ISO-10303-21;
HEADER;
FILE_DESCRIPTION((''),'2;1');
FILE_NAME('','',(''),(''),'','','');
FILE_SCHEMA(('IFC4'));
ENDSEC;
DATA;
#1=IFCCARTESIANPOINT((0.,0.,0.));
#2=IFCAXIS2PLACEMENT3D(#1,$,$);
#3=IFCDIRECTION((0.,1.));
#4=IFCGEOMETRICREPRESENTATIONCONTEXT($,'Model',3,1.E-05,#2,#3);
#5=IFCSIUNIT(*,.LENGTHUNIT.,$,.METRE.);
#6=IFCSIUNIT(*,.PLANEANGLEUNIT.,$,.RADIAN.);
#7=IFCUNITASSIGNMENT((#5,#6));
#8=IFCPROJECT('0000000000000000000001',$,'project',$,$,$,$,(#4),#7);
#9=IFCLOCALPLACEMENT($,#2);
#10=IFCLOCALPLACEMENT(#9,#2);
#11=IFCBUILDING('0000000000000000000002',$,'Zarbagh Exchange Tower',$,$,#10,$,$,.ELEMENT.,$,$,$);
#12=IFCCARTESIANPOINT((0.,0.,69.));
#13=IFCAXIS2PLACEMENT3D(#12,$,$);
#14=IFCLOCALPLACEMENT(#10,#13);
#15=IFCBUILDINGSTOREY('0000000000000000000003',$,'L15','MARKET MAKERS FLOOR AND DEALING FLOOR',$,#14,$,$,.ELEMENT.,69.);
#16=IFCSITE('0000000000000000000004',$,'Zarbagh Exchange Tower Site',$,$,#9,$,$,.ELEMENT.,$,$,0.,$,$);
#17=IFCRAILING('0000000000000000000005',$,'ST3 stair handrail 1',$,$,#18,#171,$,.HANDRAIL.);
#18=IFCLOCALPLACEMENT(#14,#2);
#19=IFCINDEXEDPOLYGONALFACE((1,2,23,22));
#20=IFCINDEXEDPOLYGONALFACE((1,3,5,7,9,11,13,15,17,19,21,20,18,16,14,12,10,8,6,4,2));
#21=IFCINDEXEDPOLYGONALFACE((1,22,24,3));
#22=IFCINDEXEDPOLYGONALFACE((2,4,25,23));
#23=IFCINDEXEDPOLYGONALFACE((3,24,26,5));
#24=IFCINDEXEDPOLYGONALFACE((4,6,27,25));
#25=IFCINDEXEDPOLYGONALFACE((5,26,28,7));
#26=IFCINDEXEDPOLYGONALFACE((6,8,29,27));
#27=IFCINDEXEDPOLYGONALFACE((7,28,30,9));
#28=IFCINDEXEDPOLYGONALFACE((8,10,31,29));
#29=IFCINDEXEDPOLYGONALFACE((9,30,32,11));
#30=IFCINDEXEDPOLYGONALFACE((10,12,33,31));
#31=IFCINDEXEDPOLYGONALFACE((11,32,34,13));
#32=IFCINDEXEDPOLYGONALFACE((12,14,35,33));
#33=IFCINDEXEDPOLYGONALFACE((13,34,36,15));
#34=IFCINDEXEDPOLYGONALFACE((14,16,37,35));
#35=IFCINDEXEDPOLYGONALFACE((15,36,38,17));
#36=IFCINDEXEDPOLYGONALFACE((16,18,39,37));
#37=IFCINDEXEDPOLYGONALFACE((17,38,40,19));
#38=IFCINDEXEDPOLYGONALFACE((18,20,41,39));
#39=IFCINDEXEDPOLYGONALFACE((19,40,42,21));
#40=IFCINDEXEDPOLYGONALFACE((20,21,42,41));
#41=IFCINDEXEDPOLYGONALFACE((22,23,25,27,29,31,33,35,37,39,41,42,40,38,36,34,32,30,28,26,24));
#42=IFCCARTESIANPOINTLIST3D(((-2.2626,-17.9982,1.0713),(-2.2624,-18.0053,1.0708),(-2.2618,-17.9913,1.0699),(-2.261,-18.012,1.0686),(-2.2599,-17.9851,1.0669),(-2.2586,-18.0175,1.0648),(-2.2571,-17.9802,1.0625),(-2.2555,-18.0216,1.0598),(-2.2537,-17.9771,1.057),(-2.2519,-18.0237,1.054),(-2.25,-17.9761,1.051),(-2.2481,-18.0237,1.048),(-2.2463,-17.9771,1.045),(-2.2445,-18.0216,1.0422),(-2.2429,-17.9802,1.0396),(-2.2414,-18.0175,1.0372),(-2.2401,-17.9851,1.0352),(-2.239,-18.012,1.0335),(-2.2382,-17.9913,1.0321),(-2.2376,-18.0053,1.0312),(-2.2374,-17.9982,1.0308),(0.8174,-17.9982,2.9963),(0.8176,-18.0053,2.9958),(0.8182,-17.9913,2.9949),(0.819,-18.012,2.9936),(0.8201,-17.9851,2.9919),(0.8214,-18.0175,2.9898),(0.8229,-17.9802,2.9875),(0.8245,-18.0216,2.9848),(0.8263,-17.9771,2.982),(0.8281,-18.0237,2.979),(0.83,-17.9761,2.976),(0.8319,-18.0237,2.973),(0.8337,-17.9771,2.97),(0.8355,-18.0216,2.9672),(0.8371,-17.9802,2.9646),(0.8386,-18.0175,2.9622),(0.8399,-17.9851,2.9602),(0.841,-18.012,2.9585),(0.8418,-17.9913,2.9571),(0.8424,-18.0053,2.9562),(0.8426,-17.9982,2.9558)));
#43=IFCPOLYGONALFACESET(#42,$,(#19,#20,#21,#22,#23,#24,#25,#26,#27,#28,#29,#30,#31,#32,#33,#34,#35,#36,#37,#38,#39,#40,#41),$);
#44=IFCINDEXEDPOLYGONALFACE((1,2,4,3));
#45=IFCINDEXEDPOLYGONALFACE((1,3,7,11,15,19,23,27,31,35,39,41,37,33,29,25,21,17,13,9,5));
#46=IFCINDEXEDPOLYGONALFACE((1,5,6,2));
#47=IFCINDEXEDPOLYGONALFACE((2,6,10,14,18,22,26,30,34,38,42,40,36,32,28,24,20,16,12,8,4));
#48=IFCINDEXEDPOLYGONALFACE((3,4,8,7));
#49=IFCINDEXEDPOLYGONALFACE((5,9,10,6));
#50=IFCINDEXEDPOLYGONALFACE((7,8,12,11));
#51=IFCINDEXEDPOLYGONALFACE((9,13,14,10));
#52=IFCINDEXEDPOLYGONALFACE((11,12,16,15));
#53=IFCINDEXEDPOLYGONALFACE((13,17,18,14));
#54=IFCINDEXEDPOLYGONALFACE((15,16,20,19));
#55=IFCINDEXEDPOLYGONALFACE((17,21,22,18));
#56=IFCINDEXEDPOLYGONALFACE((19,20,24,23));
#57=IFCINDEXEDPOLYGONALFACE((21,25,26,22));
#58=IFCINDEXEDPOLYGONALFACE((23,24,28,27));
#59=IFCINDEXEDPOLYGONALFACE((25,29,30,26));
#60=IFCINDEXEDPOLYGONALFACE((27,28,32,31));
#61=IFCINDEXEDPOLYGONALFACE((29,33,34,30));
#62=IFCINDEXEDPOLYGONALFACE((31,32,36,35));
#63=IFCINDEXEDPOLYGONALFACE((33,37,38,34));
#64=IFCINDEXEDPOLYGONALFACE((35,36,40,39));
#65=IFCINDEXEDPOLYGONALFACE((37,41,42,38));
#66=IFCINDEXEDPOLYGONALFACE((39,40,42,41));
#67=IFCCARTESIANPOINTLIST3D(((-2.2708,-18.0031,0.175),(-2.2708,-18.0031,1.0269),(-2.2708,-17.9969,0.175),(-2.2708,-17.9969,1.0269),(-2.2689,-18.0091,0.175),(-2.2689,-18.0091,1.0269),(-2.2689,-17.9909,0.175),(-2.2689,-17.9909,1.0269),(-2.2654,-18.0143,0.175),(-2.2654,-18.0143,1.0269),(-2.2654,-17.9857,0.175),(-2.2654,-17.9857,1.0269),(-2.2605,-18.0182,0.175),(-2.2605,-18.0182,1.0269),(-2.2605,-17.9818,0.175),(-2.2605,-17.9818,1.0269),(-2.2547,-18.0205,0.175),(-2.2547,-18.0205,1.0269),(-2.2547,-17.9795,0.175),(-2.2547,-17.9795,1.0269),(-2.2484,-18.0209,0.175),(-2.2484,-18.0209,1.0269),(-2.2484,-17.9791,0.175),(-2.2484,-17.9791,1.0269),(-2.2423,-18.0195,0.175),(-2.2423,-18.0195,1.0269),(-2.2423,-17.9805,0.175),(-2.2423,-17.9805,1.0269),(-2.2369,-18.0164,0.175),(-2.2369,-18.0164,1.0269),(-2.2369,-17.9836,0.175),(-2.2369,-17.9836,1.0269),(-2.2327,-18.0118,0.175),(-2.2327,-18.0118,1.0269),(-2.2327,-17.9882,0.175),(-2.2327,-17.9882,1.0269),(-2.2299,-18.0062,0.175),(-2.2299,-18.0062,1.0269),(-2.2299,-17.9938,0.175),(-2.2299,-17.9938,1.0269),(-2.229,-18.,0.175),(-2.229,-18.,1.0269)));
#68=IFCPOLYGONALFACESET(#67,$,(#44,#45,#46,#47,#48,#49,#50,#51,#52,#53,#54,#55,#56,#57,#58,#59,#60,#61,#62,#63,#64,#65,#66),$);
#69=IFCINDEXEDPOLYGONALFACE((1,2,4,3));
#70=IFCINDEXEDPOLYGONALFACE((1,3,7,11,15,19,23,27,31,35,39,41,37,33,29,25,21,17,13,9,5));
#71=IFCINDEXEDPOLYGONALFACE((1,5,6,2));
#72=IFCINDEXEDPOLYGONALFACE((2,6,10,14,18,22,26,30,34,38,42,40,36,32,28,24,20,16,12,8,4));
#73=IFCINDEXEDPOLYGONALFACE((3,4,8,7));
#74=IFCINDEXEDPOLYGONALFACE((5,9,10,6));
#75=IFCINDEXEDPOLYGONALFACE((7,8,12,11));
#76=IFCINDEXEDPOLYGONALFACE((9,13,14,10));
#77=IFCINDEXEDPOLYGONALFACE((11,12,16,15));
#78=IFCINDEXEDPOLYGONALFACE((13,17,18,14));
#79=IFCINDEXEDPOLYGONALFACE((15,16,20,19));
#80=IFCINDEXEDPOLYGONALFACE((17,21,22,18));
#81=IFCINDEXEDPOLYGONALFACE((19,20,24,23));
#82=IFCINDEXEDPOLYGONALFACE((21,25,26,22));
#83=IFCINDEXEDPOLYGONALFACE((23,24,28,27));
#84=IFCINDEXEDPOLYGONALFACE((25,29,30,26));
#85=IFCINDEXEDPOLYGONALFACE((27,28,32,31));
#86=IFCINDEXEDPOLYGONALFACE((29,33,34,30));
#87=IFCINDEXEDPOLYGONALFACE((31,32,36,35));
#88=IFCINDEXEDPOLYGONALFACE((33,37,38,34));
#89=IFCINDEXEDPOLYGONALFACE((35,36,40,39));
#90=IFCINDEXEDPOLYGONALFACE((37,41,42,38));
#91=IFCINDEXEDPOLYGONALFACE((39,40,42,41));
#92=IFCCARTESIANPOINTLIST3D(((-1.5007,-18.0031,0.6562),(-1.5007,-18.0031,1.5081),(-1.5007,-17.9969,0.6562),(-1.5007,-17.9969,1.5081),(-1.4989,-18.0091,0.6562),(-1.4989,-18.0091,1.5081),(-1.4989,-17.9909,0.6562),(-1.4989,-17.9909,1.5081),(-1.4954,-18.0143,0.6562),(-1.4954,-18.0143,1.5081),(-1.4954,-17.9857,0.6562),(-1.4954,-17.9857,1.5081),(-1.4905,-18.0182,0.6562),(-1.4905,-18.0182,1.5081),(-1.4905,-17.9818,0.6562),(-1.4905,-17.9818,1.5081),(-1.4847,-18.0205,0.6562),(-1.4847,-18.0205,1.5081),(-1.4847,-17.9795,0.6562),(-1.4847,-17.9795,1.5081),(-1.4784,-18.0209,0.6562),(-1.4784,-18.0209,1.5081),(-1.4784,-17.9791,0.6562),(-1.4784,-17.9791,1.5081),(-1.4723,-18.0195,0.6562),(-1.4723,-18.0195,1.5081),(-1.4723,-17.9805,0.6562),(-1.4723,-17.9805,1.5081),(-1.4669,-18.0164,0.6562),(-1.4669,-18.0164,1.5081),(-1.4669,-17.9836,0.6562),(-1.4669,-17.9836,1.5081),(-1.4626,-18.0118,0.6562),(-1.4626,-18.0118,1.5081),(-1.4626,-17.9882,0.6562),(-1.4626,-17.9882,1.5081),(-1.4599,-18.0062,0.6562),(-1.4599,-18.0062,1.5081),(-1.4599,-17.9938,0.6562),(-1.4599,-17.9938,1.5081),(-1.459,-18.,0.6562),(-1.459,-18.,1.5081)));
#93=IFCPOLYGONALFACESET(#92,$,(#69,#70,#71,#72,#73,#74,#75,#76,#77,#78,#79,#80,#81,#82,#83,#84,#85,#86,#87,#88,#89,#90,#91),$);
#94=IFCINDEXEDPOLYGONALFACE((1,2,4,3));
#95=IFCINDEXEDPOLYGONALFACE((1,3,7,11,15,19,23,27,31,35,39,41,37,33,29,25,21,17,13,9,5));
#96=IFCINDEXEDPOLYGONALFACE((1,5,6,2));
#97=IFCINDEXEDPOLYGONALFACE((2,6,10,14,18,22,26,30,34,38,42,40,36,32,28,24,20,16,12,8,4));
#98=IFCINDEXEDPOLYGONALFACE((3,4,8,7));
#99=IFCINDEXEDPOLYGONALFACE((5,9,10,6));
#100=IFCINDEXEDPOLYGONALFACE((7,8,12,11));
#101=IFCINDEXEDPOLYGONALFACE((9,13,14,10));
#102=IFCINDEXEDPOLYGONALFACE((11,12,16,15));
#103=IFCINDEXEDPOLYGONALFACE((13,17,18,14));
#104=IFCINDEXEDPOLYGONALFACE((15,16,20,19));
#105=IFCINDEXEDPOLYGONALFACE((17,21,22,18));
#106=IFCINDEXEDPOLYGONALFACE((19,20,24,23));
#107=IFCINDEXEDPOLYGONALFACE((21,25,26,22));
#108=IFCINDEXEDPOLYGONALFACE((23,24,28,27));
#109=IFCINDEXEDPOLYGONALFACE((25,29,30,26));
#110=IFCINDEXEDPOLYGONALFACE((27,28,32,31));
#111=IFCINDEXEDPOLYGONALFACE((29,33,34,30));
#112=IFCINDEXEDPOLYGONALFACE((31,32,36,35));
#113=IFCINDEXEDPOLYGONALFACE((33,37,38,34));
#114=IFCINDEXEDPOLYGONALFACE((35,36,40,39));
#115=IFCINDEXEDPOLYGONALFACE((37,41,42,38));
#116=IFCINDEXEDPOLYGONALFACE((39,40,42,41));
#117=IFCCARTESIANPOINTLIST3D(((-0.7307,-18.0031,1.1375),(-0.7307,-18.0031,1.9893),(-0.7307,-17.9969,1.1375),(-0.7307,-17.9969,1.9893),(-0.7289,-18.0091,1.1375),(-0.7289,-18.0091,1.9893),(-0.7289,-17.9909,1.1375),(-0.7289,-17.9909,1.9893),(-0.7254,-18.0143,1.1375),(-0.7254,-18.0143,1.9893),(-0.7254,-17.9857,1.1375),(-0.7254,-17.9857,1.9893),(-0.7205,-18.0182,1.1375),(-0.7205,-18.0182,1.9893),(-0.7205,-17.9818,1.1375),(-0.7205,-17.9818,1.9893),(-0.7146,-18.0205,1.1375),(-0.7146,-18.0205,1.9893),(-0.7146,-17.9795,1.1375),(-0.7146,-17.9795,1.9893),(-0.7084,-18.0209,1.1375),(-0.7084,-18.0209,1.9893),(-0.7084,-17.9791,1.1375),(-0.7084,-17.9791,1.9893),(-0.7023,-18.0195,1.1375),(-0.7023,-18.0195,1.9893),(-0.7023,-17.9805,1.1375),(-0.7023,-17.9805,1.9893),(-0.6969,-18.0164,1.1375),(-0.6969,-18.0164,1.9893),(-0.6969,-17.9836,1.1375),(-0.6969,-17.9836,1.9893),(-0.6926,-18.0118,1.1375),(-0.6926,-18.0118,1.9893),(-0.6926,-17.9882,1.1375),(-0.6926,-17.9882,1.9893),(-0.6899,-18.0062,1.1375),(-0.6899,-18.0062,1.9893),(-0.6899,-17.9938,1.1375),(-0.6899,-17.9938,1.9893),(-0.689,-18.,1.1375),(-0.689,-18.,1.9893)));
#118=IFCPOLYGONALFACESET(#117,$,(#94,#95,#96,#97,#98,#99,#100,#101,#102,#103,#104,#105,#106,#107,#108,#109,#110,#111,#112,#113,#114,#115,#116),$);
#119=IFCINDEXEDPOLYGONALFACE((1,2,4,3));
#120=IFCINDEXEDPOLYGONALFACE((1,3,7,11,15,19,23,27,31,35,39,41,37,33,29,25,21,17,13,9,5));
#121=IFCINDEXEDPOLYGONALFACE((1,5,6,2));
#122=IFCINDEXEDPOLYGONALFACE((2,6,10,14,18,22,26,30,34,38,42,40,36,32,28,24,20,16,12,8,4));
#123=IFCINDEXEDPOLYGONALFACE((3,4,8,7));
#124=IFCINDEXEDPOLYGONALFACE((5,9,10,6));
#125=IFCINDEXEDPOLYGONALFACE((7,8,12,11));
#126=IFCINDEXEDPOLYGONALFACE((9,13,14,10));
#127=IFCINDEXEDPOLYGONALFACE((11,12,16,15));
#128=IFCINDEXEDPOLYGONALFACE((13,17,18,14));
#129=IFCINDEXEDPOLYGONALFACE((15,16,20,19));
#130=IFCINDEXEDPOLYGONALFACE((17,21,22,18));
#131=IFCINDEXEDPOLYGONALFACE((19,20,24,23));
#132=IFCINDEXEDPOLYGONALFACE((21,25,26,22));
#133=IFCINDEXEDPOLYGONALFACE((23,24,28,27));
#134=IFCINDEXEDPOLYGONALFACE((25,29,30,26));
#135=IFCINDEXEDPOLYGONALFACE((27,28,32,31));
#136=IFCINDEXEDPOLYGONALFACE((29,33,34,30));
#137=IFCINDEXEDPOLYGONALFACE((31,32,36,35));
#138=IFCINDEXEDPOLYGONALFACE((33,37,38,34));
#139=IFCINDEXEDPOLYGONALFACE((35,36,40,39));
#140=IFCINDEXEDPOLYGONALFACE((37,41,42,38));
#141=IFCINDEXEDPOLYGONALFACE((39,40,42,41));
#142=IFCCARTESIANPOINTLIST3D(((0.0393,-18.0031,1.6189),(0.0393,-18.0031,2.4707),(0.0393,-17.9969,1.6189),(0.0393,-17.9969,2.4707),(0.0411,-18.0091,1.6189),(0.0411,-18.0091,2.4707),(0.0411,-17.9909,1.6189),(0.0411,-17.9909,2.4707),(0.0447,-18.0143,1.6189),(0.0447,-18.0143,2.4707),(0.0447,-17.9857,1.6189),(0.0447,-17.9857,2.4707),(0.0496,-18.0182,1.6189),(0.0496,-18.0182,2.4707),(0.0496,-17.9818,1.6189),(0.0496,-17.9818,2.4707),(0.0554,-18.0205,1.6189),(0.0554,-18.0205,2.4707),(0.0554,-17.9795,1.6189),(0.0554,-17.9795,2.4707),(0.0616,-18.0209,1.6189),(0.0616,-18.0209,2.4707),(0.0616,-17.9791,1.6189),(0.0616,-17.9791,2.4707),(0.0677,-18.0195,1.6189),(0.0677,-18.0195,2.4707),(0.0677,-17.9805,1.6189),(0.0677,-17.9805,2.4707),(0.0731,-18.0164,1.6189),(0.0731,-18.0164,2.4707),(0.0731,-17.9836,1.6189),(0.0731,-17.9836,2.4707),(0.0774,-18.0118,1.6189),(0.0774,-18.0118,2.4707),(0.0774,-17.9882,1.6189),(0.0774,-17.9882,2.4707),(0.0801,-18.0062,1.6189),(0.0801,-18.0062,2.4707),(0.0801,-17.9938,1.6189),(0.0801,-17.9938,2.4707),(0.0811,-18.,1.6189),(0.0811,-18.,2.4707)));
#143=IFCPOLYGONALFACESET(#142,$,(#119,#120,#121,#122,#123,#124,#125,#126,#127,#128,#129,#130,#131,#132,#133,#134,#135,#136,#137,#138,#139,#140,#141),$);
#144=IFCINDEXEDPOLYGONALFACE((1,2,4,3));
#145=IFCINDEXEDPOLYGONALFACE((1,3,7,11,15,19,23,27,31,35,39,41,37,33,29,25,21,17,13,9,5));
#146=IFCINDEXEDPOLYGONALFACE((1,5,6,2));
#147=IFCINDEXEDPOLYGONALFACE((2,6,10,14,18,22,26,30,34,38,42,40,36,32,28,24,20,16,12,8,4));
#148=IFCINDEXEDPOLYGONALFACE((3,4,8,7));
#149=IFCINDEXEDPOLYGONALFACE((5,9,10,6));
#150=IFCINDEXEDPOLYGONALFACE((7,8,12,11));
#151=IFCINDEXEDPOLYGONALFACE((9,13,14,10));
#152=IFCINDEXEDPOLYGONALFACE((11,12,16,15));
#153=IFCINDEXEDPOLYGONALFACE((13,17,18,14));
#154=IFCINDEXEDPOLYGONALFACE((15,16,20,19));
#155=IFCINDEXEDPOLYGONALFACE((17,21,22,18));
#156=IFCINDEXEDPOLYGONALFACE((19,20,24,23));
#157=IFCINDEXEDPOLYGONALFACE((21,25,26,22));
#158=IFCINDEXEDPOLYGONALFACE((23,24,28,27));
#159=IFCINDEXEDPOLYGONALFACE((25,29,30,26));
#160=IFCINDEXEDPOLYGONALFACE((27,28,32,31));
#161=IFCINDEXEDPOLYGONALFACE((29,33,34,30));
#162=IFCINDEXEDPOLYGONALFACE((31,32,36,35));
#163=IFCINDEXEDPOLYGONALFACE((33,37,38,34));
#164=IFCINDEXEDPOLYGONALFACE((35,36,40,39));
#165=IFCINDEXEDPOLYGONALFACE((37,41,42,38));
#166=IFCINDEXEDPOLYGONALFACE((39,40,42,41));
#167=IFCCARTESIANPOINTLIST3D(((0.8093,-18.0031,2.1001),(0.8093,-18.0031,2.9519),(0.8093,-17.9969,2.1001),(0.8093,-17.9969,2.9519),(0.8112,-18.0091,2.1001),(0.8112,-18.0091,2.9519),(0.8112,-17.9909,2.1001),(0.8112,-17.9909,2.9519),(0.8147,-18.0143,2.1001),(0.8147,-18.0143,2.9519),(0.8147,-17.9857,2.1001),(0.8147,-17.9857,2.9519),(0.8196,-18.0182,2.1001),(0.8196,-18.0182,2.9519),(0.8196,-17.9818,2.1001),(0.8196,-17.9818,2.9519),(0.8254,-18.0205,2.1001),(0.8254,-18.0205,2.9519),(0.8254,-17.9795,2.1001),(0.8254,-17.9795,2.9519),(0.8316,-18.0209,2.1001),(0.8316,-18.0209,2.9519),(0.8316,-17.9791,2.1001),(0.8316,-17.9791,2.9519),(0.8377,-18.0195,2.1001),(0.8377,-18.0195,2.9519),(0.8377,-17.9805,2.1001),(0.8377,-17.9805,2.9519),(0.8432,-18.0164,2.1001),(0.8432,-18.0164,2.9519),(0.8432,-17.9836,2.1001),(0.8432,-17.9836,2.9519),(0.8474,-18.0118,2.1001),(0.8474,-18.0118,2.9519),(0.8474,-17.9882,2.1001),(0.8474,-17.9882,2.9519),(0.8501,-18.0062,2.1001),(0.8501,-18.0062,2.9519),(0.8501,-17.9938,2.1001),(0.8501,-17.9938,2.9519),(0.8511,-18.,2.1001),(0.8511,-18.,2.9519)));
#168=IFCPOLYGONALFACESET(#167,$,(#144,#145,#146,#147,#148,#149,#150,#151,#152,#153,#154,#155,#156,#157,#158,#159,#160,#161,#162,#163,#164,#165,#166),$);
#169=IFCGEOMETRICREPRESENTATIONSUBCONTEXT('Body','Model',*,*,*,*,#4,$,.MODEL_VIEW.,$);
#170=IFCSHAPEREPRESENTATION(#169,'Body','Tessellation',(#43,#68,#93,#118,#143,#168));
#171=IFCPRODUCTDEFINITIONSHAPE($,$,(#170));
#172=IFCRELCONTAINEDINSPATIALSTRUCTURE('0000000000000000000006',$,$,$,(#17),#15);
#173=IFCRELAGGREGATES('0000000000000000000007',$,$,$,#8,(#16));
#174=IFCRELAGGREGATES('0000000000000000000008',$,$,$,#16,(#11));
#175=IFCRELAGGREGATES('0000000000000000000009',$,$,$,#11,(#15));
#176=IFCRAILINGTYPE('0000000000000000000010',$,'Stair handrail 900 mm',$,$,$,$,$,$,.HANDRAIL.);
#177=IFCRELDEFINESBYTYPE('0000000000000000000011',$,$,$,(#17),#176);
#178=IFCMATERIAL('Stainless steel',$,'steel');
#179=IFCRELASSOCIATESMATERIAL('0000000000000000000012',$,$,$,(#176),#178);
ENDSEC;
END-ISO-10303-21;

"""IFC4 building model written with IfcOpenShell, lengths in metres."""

from ifc_helpers import new_model, si_unit, direction, frame, origin, origin_2d, place, context, subcontext, project, spatial, circle, extrude, material, type_object, element, save


model = new_model("IFC4")

# Units and contexts
model_context = context("Model", 3, precision=1e-05, world=origin(), true_north=direction((0.0, 1.0)))
body_context = subcontext(model_context, "Body", "Model", "MODEL_VIEW")
ifc_project = project(units=[si_unit("LENGTHUNIT", "METRE"), si_unit("PLANEANGLEUNIT", "RADIAN")], contexts=[model_context])

# Site, building, storey
site_placement = place(None, origin())
site = spatial("IfcSite", under=ifc_project, at=site_placement, Name="Zarbagh Exchange Tower Site", CompositionType="ELEMENT", RefElevation=0.0)
building_placement = place(site_placement, origin())
building = spatial("IfcBuilding", under=site, at=building_placement, Name="Zarbagh Exchange Tower", CompositionType="ELEMENT")
storey_placement = place(building_placement, frame((0.0, 0.0, 69.0)))
storey = spatial("IfcBuildingStorey", under=building, at=storey_placement, Name="L15", Description="MARKET MAKERS FLOOR AND DEALING FLOOR", CompositionType="ELEMENT", Elevation=69.0)

# Shared definitions
ifc_material_1 = material(Name="Stainless steel", Category="steel")

# Railing
railing_type_1 = type_object("IfcRailingType", Name="Stair handrail 900 mm", PredefinedType="HANDRAIL", material=ifc_material_1)
for number, where, name in (
    (1, (-2.25, -18.0, 0.175), "ST3 stair handrail 1"),
):
    element("IfcRailing", number, at=place(storey_placement, frame(where)), inside=storey, type_object=railing_type_1, Name=name, PredefinedType="HANDRAIL", context=body_context, shape_type="SweptSolid", body=[
        extrude(circle(Radius=0.0239, at=origin_2d()), frame((0.0, 0.0, 0.876), z_axis=(0.847998, 0.0, 0.529999), x_axis=(0.0, 1.0, 0.0)), (0.0, 0.0, 1.0), 3.6321),
        extrude(circle(Radius=0.021, at=origin_2d()), origin(), (0.0, 0.0, 1.0), 0.8518),
        extrude(circle(Radius=0.021, at=origin_2d()), frame((0.77, 0.0, 0.4812)), (0.0, 0.0, 1.0), 0.8518),
        extrude(circle(Radius=0.021, at=origin_2d()), frame((1.54, 0.0, 0.9624)), (0.0, 0.0, 1.0), 0.8518),
        extrude(circle(Radius=0.021, at=origin_2d()), frame((2.3101, 0.0, 1.4438)), (0.0, 0.0, 1.0), 0.8518),
        extrude(circle(Radius=0.021, at=origin_2d()), frame((3.0801, 0.0, 1.925)), (0.0, 0.0, 1.0), 0.8518),
    ])

save(model, "model.ifc")
